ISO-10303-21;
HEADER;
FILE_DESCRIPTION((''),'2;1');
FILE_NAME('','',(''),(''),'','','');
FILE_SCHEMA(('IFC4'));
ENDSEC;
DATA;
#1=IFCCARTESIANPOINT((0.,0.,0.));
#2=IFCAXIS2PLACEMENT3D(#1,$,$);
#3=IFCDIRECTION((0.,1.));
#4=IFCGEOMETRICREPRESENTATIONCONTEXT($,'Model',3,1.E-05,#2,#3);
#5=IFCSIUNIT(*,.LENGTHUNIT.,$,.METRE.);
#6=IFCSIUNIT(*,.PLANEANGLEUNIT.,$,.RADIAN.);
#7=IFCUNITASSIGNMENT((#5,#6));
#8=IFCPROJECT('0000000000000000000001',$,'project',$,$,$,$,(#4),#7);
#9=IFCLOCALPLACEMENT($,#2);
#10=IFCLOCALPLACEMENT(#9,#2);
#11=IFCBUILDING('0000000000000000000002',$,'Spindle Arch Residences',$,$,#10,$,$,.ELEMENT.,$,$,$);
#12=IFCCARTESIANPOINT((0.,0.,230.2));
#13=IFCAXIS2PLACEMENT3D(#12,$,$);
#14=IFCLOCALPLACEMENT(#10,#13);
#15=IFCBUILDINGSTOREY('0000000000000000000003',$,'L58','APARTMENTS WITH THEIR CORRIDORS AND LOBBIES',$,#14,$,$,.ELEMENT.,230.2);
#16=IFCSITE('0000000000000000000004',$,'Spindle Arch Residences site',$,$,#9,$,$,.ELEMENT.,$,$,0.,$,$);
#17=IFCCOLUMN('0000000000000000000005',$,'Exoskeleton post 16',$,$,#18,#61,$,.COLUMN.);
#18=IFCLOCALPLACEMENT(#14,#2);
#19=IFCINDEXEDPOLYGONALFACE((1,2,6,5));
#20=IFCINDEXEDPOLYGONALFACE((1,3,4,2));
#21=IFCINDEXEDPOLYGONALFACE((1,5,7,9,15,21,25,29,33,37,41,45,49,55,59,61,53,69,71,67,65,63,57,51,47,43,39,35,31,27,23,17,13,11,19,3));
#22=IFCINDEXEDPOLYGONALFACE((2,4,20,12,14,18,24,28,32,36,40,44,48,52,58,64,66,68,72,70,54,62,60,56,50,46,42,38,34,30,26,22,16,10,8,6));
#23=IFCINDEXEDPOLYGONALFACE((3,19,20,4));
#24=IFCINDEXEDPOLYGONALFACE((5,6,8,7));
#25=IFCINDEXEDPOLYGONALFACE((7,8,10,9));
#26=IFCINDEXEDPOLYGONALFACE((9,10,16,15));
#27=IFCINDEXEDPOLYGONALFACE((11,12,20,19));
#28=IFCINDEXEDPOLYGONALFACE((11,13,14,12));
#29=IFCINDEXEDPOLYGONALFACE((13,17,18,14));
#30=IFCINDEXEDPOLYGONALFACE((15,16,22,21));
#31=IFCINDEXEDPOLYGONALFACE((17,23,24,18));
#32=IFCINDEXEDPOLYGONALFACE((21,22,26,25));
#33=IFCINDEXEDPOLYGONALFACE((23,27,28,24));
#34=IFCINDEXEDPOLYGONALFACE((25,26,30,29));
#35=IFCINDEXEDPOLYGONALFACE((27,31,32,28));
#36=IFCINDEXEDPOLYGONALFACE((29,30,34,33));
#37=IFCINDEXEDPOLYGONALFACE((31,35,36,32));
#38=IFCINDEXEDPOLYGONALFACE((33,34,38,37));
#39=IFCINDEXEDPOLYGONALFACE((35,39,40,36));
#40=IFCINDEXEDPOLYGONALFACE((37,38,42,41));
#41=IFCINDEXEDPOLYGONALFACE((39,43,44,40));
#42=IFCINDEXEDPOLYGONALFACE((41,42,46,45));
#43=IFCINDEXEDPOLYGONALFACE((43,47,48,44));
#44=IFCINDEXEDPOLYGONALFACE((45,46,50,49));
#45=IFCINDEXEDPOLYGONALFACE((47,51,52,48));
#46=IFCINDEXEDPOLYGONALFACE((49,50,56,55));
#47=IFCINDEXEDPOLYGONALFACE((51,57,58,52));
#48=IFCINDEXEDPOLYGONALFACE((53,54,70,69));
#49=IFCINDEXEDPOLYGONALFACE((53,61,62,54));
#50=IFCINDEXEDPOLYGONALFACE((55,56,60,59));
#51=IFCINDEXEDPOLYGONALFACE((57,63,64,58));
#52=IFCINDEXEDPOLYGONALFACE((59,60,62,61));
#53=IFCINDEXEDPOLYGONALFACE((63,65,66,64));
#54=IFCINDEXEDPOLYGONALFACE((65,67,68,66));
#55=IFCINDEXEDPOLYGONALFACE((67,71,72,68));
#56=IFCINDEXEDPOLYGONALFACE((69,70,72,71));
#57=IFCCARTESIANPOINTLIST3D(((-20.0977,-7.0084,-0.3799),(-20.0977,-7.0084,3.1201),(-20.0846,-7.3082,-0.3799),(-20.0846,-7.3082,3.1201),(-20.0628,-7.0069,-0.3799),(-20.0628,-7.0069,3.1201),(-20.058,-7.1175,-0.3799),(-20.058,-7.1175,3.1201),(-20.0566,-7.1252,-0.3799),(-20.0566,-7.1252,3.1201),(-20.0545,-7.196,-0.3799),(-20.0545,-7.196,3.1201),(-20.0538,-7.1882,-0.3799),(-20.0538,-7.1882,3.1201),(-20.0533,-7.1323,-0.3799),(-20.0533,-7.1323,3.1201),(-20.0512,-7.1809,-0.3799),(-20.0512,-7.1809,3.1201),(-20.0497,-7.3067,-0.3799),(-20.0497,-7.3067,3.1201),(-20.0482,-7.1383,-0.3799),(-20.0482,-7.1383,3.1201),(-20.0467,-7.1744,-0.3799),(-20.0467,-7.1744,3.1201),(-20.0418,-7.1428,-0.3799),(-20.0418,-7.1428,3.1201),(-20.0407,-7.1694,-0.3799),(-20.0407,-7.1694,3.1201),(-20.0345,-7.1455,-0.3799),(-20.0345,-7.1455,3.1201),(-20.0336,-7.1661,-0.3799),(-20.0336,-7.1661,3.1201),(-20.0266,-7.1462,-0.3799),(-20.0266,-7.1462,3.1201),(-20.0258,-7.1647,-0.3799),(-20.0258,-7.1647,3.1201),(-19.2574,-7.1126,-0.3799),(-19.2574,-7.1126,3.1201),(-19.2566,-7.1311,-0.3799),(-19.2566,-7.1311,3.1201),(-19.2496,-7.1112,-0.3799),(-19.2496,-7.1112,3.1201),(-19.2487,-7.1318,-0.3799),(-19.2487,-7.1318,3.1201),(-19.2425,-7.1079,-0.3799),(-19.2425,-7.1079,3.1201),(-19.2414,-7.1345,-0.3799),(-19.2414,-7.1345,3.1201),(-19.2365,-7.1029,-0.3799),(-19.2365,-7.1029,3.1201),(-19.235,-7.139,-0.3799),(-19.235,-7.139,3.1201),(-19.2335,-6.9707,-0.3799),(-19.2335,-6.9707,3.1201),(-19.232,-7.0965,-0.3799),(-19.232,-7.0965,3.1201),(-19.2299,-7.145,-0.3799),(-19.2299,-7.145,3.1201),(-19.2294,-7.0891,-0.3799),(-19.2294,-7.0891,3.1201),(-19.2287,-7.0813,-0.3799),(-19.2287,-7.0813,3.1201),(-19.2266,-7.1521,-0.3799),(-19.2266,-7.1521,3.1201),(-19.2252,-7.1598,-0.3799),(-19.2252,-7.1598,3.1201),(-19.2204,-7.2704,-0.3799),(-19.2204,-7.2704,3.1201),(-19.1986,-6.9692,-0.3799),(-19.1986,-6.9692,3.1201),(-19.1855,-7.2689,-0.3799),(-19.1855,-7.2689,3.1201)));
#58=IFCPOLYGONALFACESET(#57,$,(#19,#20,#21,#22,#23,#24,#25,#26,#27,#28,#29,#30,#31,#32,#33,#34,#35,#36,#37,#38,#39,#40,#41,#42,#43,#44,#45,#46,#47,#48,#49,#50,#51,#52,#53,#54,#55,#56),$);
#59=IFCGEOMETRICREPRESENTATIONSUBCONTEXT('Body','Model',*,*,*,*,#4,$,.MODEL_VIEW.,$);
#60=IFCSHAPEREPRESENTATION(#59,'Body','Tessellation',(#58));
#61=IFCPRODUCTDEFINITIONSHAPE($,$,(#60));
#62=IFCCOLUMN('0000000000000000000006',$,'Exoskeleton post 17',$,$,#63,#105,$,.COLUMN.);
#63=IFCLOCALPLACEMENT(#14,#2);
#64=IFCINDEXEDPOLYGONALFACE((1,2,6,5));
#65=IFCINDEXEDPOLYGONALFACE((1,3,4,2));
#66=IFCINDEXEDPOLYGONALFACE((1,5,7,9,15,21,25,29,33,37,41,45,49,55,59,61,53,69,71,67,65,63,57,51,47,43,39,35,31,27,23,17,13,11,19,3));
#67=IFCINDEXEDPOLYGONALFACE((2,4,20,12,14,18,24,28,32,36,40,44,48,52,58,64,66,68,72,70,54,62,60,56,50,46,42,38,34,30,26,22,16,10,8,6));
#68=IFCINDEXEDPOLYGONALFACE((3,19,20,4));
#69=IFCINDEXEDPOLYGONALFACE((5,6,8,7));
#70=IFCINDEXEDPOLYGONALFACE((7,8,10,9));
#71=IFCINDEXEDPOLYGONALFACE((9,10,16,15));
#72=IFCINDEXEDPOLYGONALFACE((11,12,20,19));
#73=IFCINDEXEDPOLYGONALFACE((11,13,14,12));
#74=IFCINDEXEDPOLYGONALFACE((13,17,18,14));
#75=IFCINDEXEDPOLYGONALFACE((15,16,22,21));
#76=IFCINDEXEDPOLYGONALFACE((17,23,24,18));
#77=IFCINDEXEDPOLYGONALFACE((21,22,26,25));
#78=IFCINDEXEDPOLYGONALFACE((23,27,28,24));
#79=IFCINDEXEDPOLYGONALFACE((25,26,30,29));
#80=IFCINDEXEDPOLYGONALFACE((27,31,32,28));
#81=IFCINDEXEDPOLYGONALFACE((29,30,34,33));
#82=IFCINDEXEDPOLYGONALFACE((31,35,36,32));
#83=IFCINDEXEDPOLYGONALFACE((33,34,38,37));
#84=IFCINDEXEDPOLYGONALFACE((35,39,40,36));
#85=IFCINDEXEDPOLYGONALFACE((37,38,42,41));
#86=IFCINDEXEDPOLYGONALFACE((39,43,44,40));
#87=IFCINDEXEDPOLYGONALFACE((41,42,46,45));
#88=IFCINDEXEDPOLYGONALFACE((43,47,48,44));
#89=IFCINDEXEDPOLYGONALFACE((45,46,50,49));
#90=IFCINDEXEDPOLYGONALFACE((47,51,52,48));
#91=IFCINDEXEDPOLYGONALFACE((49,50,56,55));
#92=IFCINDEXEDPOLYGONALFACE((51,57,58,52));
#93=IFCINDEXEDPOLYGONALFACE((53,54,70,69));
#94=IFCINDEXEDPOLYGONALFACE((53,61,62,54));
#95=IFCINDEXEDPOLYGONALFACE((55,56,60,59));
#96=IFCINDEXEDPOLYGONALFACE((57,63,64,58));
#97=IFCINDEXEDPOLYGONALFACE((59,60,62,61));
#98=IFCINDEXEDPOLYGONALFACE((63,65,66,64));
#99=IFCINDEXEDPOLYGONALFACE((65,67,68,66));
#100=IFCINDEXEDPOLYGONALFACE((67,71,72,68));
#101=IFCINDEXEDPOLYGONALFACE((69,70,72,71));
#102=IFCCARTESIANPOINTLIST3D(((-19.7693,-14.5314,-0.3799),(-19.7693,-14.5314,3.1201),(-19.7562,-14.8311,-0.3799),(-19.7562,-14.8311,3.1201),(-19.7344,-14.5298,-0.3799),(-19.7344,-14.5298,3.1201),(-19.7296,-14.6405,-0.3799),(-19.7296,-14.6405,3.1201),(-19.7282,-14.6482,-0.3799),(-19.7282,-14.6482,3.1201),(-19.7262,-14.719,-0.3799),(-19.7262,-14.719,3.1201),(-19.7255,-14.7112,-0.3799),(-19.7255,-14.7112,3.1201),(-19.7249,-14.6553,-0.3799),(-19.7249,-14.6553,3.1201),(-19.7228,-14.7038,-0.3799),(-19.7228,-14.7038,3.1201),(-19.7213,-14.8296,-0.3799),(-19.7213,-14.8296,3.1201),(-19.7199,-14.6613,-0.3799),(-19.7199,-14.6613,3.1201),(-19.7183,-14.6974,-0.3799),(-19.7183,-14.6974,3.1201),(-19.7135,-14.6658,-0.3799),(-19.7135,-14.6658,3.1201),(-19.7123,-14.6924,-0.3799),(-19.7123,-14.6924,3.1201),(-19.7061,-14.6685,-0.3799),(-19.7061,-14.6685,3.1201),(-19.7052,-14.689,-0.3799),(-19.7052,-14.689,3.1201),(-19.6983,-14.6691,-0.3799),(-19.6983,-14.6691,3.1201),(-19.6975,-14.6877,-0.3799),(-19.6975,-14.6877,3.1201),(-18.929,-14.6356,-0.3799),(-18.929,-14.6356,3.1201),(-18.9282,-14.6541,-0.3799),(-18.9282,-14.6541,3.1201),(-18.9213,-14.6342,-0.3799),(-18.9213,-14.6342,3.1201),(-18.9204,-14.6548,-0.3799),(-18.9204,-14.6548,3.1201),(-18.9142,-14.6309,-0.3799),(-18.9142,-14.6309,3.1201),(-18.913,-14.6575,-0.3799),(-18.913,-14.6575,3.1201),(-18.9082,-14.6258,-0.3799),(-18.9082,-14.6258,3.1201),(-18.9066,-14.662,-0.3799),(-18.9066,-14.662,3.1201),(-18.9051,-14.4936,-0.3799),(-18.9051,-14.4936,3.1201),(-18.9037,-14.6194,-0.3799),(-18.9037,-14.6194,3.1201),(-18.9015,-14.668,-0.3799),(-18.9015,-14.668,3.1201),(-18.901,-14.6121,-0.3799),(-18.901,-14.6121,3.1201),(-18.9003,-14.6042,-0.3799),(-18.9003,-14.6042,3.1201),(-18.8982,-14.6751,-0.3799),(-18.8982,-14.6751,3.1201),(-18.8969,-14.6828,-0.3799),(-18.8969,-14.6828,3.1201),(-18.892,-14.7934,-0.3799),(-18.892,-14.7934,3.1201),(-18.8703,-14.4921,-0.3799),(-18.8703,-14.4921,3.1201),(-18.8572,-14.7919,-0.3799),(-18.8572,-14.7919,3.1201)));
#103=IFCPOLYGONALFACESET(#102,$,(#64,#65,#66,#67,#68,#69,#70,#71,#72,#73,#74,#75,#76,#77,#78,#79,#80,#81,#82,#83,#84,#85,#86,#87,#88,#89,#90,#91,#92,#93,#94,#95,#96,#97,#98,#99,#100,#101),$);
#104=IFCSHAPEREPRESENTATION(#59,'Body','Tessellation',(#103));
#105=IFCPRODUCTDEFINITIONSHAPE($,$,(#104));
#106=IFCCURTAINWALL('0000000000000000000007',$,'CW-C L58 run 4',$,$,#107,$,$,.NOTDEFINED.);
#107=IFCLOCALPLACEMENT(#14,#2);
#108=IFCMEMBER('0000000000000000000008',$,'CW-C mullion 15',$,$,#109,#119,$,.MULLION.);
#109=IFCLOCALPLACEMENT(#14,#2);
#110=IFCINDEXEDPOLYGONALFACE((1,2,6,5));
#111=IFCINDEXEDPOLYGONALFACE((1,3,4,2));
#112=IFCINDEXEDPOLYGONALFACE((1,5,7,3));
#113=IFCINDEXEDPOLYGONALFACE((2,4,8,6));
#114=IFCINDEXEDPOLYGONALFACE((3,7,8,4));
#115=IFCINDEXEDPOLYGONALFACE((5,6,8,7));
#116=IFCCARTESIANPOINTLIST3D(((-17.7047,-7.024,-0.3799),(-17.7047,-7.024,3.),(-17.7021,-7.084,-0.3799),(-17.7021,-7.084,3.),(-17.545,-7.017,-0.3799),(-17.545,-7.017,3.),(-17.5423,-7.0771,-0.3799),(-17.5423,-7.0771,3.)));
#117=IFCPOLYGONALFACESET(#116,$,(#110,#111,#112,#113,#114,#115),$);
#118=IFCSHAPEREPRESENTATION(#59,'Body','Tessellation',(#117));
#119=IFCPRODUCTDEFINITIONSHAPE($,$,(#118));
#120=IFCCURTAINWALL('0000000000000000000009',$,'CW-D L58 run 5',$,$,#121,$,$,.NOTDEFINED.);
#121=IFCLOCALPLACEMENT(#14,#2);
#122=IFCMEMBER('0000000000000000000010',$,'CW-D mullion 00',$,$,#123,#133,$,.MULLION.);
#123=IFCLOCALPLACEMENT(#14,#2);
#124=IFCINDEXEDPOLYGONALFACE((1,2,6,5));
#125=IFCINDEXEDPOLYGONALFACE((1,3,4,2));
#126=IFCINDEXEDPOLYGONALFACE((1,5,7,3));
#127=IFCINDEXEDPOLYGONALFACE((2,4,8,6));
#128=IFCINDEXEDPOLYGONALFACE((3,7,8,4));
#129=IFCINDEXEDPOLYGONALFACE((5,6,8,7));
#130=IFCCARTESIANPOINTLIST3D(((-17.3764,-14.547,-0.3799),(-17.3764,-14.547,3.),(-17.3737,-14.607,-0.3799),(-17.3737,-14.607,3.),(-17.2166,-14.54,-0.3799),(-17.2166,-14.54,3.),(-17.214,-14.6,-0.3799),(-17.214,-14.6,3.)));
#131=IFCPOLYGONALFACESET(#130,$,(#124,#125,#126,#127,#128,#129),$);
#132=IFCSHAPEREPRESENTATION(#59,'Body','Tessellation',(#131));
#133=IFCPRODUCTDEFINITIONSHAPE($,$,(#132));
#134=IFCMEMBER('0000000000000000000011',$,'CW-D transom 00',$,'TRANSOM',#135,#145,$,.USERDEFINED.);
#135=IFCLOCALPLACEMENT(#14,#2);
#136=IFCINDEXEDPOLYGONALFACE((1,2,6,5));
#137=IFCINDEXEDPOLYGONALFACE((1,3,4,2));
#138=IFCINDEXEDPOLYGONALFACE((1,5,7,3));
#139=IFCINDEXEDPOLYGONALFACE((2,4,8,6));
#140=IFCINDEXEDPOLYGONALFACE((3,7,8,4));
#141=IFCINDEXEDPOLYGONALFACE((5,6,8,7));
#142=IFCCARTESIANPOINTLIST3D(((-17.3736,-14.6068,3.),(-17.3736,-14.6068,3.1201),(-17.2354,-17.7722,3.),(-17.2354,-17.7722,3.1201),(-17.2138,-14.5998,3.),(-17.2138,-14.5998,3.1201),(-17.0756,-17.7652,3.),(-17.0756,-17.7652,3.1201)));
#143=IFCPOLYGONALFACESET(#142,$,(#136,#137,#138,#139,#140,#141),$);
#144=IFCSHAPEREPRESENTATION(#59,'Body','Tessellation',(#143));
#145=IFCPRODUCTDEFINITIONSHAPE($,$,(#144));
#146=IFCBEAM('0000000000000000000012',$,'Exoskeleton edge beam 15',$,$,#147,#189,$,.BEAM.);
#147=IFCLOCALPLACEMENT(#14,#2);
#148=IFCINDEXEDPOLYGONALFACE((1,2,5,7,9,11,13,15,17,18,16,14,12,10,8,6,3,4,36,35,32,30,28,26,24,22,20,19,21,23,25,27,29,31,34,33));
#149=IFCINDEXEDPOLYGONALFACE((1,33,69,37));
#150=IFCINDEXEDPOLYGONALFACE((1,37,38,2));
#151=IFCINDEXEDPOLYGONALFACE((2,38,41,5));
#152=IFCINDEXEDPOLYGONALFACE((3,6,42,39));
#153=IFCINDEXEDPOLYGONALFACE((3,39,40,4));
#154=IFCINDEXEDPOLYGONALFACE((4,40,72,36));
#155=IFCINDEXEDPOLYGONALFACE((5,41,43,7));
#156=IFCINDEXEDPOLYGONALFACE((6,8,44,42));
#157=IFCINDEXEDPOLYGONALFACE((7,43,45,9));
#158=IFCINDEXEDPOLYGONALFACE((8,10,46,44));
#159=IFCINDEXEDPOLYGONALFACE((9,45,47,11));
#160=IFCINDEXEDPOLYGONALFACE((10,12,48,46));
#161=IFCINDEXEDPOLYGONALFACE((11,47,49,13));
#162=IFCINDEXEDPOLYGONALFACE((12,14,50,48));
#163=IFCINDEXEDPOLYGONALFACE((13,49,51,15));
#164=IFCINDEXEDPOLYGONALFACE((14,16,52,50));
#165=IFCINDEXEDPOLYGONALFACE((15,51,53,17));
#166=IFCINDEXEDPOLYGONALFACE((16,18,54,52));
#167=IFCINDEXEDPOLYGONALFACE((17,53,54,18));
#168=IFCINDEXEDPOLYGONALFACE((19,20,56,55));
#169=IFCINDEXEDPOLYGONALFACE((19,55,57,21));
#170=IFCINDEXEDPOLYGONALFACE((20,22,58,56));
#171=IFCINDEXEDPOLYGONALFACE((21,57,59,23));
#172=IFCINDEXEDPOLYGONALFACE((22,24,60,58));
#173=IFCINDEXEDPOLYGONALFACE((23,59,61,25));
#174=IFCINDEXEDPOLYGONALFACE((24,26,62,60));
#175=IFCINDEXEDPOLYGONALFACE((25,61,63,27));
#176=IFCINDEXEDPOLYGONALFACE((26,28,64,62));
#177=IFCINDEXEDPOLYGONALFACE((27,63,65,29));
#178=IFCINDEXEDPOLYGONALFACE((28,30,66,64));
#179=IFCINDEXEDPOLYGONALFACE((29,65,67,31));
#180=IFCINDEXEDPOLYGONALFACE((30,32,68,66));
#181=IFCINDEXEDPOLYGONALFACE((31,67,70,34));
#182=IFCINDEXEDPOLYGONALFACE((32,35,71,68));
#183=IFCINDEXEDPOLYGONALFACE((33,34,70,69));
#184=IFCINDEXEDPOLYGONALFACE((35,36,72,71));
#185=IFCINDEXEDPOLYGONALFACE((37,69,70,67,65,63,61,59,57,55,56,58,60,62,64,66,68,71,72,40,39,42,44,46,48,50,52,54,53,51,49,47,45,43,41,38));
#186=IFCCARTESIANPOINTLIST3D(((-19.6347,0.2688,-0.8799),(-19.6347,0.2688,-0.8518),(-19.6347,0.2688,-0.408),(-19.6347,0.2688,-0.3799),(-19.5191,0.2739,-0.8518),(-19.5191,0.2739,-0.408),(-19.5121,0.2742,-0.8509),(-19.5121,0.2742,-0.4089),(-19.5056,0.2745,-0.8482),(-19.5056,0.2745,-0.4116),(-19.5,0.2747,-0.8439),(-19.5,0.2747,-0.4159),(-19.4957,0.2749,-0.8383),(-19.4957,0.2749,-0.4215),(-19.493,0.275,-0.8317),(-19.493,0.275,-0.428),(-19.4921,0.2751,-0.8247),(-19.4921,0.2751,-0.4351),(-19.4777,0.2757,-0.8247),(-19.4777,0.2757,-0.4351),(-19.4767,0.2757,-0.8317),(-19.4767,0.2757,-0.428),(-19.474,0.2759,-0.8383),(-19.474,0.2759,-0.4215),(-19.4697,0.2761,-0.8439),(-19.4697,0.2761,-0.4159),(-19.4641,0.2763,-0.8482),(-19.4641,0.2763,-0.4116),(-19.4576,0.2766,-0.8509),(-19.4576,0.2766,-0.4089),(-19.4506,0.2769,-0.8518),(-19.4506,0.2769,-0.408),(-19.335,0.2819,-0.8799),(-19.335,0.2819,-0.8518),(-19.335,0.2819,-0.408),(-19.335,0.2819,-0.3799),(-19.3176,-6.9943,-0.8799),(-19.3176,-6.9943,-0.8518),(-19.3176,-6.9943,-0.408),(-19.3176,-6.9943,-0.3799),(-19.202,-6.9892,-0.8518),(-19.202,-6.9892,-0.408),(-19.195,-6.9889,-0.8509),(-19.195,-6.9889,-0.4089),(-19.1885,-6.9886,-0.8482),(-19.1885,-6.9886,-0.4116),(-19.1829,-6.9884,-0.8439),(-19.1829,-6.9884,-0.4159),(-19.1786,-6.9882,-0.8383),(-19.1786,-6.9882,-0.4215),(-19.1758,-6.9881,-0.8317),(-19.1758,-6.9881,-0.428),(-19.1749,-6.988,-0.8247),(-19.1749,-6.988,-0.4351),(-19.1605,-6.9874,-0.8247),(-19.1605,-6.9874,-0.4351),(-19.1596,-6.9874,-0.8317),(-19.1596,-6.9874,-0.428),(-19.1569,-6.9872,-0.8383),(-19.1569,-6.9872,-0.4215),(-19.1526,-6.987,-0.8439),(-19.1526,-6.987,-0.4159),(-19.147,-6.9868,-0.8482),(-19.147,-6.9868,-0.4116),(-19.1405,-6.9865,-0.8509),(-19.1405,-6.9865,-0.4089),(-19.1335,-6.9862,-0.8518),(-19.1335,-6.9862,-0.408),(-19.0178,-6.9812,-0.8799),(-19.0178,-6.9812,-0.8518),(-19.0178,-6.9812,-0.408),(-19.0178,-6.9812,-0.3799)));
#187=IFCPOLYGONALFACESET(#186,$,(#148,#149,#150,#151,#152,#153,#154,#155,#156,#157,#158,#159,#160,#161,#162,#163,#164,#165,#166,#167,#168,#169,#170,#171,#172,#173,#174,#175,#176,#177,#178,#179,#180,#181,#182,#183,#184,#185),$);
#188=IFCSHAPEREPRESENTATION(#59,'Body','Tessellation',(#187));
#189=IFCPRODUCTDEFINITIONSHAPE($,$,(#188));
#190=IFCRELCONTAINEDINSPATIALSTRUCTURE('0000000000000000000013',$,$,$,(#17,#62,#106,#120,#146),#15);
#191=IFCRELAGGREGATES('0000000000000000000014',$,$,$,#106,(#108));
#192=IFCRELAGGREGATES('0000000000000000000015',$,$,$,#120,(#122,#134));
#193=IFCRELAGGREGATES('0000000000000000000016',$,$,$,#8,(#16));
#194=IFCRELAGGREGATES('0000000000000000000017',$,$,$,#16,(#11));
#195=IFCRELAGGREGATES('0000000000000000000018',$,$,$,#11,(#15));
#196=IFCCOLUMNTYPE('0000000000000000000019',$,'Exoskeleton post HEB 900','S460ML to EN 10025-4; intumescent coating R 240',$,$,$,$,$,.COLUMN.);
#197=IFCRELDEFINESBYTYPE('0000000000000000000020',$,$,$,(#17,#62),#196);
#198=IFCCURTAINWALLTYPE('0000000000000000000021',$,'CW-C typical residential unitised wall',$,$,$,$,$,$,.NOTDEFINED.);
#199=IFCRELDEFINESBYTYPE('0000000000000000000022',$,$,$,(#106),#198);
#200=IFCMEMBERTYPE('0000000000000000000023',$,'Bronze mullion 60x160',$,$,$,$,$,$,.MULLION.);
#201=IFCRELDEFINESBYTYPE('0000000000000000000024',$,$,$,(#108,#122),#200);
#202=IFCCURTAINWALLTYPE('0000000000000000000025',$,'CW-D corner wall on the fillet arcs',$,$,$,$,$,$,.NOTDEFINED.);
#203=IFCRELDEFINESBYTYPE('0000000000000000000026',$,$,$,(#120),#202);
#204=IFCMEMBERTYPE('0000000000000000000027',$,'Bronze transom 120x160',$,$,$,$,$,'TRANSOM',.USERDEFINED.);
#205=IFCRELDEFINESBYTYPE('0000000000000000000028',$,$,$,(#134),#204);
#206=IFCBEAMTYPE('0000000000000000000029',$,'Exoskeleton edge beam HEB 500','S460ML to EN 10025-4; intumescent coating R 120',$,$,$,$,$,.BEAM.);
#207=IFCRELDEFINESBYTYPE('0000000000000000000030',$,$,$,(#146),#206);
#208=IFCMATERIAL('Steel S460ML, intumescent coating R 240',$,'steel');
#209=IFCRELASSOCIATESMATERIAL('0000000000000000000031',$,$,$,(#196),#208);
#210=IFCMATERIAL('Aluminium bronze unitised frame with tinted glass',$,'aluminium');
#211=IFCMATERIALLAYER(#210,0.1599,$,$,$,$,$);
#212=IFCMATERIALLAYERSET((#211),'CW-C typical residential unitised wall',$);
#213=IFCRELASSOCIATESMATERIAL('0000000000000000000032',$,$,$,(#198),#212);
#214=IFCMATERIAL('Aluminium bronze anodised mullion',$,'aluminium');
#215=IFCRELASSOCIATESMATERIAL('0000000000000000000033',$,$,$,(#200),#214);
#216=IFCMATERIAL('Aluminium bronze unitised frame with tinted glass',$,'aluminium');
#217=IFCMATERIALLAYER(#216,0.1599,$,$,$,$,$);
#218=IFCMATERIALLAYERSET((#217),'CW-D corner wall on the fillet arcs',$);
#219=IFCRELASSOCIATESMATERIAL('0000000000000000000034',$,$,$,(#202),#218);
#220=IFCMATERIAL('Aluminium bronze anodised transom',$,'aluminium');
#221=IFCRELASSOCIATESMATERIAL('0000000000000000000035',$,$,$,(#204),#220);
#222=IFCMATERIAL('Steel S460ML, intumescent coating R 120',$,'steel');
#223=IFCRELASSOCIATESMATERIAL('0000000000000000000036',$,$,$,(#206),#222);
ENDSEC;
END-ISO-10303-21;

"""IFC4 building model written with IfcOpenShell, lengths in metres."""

from ifc_helpers import new_model, si_unit, direction, frame, origin, origin_2d, place, context, subcontext, project, spatial, rectangle, i_section, extrude, material, layer, layer_set, material_profile, profile_set, type_object, element, aggregate, save


model = new_model("IFC4")

# Units and contexts
model_context = context("Model", 3, precision=1e-05, world=origin(), true_north=direction((0.0, 1.0)))
body_context = subcontext(model_context, "Body", "Model", "MODEL_VIEW")
ifc_project = project(units=[si_unit("LENGTHUNIT", "METRE"), si_unit("PLANEANGLEUNIT", "RADIAN")], contexts=[model_context])

# Site, building, storey
site_placement = place(None, origin())
site = spatial("IfcSite", under=ifc_project, at=site_placement, Name="Spindle Arch Residences site", CompositionType="ELEMENT", RefElevation=0.0)
building_placement = place(site_placement, origin())
building = spatial("IfcBuilding", under=site, at=building_placement, Name="Spindle Arch Residences", CompositionType="ELEMENT")
storey_placement = place(building_placement, frame((0.0, 0.0, 230.2)))
storey = spatial("IfcBuildingStorey", under=building, at=storey_placement, Name="L58", Description="APARTMENTS WITH THEIR CORRIDORS AND LOBBIES", CompositionType="ELEMENT", Elevation=230.2)

# Columns
ifc_material_1 = material(Name="Steel S460ML, intumescent coating R 240", Category="steel")
ifc_material_profile_1 = material_profile(ifc_material_1, i_section(OverallWidth=0.3, OverallDepth=0.8999, WebThickness=0.0186, FlangeThickness=0.0349, FilletRadius=0.03, at=origin_2d()), Name="HEB 900")
ifc_profile_set_1 = profile_set([ifc_material_profile_1], Name="Steel S460ML, intumescent coating R 240")
column_type = type_object("IfcColumnType", Name="Exoskeleton post HEB 900", Description="S460ML to EN 10025-4; intumescent coating R 240", PredefinedType="COLUMN", material=ifc_profile_set_1)
for number, where, z_axis, x_axis, name in (
    (1, (-19.6416, -7.1387, -0.3799), (0.0, 0.0, 1.0), (-0.043619, 0.999048, 0.0), "Exoskeleton post 16"),
    (2, (-19.3132, -14.6616, -0.3799), (0.0, 0.0, 1.0), (-0.043619, 0.999048, 0.0), "Exoskeleton post 17"),
):
    element("IfcColumn", number, at=place(storey_placement, frame(where, z_axis=z_axis, x_axis=x_axis)), inside=storey, type_object=column_type, Name=name, PredefinedType="COLUMN", context=body_context, shape_type="SweptSolid", body=[
        extrude(i_section(OverallWidth=0.3, OverallDepth=0.8999, WebThickness=0.0186, FlangeThickness=0.0349, FilletRadius=0.03, at=origin_2d()), origin(), (0.0, 0.0, 1.0), 3.5),
    ])

# Curtain wall, member
ifc_material_2 = material(Name="Aluminium bronze unitised frame with tinted glass", Category="aluminium")
ifc_layer_1 = layer(ifc_material_2, 0.1599)
ifc_layer_set_1 = layer_set([ifc_layer_1], Name="CW-C typical residential unitised wall")
curtain_wall_type_1 = type_object("IfcCurtainWallType", Name="CW-C typical residential unitised wall", PredefinedType="NOTDEFINED", material=ifc_layer_set_1)
curtain_wall_1_placement = place(storey_placement, origin())
curtain_wall_1 = element("IfcCurtainWall", 3, at=curtain_wall_1_placement, inside=storey, type_object=curtain_wall_type_1, Name="CW-C L58 run 4", PredefinedType="NOTDEFINED")
ifc_material_3 = material(Name="Aluminium bronze anodised mullion", Category="aluminium")
ifc_material_profile_2 = material_profile(ifc_material_3, rectangle(XDim=0.1599, YDim=0.0601, at=origin_2d()), Name="MU 60x160")
ifc_profile_set_2 = profile_set([ifc_material_profile_2], Name="Aluminium bronze anodised mullion")
member_type_1 = type_object("IfcMemberType", Name="Bronze mullion 60x160", PredefinedType="MULLION", material=ifc_profile_set_2)
member_1_placement = place(storey_placement, frame((-17.6235, -7.0505, -0.3799), z_axis=(0.0, 0.0, 1.0), x_axis=(0.999048, 0.043619, 0.0)))
member_1 = element("IfcMember", 4, at=member_1_placement, type_object=member_type_1, Name="CW-C mullion 15", PredefinedType="MULLION", context=body_context, shape_type="SweptSolid", body=[
    extrude(rectangle(XDim=0.1599, YDim=0.0601, at=origin_2d()), origin(), (0.0, 0.0, 1.0), 3.3799),
])

# Curtain wall, members
ifc_material_4 = material(Name="Aluminium bronze unitised frame with tinted glass", Category="aluminium")
ifc_layer_2 = layer(ifc_material_4, 0.1599)
ifc_layer_set_2 = layer_set([ifc_layer_2], Name="CW-D corner wall on the fillet arcs")
curtain_wall_type_2 = type_object("IfcCurtainWallType", Name="CW-D corner wall on the fillet arcs", PredefinedType="NOTDEFINED", material=ifc_layer_set_2)
curtain_wall_2_placement = place(storey_placement, origin())
curtain_wall_2 = element("IfcCurtainWall", 5, at=curtain_wall_2_placement, inside=storey, type_object=curtain_wall_type_2, Name="CW-D L58 run 5", PredefinedType="NOTDEFINED")
member_2_placement = place(storey_placement, frame((-17.2952, -14.5735, -0.3799), z_axis=(0.0, 0.0, 1.0), x_axis=(0.999048, 0.043619, 0.0)))
member_2 = element("IfcMember", 6, at=member_2_placement, type_object=member_type_1, Name="CW-D mullion 00", PredefinedType="MULLION", context=body_context, shape_type="SweptSolid", body=[
    extrude(rectangle(XDim=0.1599, YDim=0.0601, at=origin_2d()), origin(), (0.0, 0.0, 1.0), 3.3799),
])
ifc_material_5 = material(Name="Aluminium bronze anodised transom", Category="aluminium")
ifc_material_profile_3 = material_profile(ifc_material_5, rectangle(XDim=0.1599, YDim=0.1201, at=origin_2d()), Name="TR 120x160")
ifc_profile_set_3 = profile_set([ifc_material_profile_3], Name="Aluminium bronze anodised transom")
member_type_2 = type_object("IfcMemberType", Name="Bronze transom 120x160", ElementType="TRANSOM", PredefinedType="USERDEFINED", material=ifc_profile_set_3)
member_3_placement = place(storey_placement, frame((-17.2937, -14.6033, 3.0601), z_axis=(0.043611, -0.999049, 0.0), x_axis=(0.999049, 0.043611, 0.0)))
member_3 = element("IfcMember", 7, at=member_3_placement, type_object=member_type_2, Name="CW-D transom 00", ObjectType="TRANSOM", PredefinedType="USERDEFINED", context=body_context, shape_type="SweptSolid", body=[
    extrude(rectangle(XDim=0.1599, YDim=0.1201, at=origin_2d()), origin(), (0.0, 0.0, 1.0), 3.1685),
])

# Beam
ifc_material_6 = material(Name="Steel S460ML, intumescent coating R 120", Category="steel")
ifc_material_profile_4 = material_profile(ifc_material_6, i_section(OverallWidth=0.3, OverallDepth=0.5, WebThickness=0.0144, FlangeThickness=0.0281, FilletRadius=0.0271, at=origin_2d()), Name="HEB 500")
ifc_profile_set_4 = profile_set([ifc_material_profile_4], Name="Steel S460ML, intumescent coating R 120")
beam_type_1 = type_object("IfcBeamType", Name="Exoskeleton edge beam HEB 500", Description="S460ML to EN 10025-4; intumescent coating R 120", PredefinedType="BEAM", material=ifc_profile_set_4)
for number, where, z_axis, x_axis, name in (
    (8, (-19.4849, 0.2754, -0.6299), (0.043622, -0.999048, 0.0), (0.999048, 0.043622, 0.0), "Exoskeleton edge beam 15"),
):
    element("IfcBeam", number, at=place(storey_placement, frame(where, z_axis=z_axis, x_axis=x_axis)), inside=storey, type_object=beam_type_1, Name=name, PredefinedType="BEAM", context=body_context, shape_type="SweptSolid", body=[
        extrude(i_section(OverallWidth=0.3, OverallDepth=0.5, WebThickness=0.0144, FlangeThickness=0.0281, FilletRadius=0.0271, at=origin_2d()), origin(), (0.0, 0.0, 1.0), 7.27),
    ])

aggregate(curtain_wall_1, [member_1])
aggregate(curtain_wall_2, [member_2, member_3])

save(model, "model.ifc")
